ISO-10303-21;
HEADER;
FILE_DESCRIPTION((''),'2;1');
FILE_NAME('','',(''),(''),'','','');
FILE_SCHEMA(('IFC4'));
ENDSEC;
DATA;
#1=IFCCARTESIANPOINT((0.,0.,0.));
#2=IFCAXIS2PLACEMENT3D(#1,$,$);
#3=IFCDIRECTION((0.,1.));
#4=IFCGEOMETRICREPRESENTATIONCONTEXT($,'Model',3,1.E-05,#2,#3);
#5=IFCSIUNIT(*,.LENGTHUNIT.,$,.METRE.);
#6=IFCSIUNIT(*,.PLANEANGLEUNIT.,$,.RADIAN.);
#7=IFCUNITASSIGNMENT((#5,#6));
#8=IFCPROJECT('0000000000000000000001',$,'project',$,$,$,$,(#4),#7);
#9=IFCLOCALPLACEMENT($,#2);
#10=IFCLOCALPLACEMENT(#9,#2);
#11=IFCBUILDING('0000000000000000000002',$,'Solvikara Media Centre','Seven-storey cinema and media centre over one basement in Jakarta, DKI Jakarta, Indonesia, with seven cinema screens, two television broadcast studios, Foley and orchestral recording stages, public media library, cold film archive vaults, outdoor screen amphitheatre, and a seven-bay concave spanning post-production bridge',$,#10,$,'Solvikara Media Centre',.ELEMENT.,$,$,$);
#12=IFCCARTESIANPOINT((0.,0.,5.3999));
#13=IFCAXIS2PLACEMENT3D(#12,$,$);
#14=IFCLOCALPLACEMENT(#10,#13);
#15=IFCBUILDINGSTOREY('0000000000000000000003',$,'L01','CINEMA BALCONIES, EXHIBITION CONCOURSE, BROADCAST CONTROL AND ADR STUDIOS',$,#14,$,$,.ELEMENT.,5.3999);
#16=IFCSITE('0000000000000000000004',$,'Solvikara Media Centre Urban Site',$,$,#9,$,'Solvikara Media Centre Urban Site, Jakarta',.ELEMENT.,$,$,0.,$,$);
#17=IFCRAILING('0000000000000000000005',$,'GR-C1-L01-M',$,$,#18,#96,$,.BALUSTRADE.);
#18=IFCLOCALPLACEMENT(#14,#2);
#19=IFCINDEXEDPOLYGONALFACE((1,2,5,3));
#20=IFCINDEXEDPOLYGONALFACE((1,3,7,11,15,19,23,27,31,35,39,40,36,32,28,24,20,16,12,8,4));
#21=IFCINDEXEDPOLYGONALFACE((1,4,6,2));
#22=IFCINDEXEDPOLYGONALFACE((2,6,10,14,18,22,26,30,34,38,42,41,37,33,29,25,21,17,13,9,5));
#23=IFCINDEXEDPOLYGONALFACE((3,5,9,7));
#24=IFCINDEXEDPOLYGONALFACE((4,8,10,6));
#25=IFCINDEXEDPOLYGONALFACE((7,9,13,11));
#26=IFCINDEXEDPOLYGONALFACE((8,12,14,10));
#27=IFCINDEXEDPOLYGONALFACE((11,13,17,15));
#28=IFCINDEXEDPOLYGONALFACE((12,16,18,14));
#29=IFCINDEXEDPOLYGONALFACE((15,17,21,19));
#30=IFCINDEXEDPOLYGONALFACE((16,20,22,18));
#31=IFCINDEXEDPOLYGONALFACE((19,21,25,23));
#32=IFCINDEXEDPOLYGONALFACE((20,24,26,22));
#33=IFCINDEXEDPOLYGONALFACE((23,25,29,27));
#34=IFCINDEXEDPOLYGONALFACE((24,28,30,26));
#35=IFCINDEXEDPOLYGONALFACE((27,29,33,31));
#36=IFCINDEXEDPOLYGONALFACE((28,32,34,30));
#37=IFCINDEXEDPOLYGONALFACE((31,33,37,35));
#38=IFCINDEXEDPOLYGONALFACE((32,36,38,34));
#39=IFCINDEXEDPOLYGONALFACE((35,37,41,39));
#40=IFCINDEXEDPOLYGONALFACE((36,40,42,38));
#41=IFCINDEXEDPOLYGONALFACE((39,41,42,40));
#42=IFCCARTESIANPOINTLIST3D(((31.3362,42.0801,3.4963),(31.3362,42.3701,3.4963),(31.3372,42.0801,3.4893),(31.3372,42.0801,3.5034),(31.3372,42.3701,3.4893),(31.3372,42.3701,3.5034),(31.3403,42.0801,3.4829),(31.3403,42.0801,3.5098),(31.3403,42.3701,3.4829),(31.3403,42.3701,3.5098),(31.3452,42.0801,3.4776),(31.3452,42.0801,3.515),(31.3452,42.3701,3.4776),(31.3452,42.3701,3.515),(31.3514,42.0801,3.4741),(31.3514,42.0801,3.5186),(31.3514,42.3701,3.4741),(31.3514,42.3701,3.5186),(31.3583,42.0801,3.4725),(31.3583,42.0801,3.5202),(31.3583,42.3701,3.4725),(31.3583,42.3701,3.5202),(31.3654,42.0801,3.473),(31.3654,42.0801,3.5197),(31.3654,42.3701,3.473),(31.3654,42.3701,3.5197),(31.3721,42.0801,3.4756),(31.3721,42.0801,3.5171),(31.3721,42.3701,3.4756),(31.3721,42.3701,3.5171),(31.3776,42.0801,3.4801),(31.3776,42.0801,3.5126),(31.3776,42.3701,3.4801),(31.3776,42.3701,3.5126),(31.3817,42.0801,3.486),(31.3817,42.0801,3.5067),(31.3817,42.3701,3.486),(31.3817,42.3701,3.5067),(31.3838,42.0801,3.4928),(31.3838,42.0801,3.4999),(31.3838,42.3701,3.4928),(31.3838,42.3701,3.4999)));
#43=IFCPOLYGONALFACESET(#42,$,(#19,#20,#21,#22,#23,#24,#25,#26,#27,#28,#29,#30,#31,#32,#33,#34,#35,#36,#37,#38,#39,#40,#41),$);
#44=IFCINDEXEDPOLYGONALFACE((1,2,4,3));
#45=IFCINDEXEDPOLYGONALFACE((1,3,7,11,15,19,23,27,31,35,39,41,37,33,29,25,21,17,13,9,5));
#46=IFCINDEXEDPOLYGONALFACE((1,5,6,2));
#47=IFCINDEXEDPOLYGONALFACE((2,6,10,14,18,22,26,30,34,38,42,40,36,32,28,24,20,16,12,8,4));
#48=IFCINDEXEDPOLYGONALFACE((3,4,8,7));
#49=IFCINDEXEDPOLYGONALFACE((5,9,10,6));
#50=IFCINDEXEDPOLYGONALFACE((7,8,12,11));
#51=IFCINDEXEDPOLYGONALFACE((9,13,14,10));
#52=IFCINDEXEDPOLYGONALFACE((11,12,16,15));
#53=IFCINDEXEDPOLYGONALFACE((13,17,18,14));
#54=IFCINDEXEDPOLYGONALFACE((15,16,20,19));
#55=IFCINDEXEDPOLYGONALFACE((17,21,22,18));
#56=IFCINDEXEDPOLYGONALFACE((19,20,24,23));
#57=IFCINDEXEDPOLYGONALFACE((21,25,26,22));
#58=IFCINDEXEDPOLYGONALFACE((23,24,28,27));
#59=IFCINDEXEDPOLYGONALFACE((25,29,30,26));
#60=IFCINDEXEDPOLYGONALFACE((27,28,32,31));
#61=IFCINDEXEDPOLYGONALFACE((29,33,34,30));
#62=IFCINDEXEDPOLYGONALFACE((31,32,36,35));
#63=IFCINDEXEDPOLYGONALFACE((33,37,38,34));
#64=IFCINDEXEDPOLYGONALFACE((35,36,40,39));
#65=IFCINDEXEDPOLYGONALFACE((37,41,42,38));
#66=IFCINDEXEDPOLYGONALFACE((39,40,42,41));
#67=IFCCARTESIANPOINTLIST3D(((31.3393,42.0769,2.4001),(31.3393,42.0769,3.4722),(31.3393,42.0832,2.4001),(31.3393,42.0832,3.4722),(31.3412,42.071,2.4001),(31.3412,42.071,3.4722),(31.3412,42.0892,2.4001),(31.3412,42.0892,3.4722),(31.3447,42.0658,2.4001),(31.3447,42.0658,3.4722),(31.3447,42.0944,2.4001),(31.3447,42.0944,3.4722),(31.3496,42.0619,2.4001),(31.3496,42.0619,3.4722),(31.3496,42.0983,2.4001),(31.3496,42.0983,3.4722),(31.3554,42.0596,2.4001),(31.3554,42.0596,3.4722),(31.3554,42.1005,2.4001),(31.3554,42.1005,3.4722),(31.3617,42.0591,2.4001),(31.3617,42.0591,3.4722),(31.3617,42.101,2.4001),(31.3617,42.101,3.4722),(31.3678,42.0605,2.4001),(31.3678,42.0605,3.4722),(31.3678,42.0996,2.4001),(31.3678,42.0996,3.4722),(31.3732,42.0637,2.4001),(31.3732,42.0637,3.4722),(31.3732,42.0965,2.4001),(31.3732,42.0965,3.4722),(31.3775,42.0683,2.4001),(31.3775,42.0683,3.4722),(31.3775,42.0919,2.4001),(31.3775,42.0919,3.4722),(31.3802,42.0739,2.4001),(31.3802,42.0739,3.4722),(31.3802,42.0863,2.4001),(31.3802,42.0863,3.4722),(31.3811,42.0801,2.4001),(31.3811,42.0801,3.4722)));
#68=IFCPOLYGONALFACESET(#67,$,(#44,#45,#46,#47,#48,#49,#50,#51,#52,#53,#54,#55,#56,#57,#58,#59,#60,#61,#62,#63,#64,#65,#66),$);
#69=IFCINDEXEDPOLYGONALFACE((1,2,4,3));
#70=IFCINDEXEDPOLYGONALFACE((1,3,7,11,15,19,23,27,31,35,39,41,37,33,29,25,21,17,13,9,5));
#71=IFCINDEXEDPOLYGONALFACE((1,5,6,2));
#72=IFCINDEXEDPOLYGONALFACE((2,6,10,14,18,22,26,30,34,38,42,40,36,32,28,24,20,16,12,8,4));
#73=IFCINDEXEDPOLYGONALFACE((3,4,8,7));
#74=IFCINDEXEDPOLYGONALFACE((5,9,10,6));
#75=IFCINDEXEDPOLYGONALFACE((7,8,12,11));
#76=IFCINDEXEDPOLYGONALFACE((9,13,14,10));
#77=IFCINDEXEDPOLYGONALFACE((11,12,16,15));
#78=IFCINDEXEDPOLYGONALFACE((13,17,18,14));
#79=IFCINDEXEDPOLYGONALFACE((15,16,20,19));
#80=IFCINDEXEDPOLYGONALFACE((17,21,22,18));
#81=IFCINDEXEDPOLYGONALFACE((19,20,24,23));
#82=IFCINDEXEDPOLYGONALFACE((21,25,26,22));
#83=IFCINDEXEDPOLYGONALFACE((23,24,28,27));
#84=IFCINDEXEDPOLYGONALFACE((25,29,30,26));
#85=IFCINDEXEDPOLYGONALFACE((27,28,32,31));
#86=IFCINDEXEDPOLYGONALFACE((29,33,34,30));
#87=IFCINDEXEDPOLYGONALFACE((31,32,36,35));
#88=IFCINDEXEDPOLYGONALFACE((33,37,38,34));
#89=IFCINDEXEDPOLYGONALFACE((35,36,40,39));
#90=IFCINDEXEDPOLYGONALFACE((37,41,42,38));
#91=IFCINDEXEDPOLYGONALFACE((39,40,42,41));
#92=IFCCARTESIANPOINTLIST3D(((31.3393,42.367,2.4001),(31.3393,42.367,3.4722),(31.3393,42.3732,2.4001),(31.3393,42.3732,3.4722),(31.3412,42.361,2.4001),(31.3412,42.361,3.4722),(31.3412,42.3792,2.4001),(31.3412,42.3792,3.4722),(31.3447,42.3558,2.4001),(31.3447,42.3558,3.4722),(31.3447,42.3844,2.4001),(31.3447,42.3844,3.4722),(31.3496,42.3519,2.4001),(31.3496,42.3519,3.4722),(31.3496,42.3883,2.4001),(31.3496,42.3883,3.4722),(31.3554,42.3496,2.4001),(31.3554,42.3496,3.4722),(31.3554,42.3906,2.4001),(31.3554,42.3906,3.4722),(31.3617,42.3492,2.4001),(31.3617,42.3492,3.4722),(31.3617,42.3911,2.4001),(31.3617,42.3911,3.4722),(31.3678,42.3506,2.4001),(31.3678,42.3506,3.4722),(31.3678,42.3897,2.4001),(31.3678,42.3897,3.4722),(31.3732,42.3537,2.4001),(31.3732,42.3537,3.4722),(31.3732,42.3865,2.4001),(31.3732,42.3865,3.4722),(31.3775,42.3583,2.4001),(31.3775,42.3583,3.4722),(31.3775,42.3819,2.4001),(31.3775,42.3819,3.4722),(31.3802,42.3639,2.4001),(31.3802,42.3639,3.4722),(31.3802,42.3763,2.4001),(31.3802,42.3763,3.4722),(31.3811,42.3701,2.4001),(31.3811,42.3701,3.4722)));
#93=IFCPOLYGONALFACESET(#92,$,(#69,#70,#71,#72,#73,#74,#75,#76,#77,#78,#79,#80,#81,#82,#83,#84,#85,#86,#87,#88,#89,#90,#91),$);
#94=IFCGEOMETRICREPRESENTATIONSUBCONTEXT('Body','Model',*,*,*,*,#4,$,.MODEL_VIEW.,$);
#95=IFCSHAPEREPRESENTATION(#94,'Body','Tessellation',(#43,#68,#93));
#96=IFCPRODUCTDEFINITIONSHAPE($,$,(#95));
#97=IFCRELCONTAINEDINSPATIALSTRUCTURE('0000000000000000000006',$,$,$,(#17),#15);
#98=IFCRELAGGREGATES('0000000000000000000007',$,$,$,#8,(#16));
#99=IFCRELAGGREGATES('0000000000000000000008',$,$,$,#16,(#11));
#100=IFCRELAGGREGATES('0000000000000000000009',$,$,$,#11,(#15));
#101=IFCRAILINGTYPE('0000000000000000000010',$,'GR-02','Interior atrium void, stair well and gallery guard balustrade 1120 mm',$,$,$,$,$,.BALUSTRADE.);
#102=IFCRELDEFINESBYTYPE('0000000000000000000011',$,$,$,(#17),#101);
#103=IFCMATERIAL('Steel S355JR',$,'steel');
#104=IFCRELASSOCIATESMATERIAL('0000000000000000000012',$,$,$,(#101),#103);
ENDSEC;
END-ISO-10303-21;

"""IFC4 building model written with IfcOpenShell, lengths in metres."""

from ifc_helpers import new_model, si_unit, direction, frame, origin, origin_2d, place, context, subcontext, project, spatial, circle, extrude, material, type_object, element, save


model = new_model("IFC4")

# Units and contexts
model_context = context("Model", 3, precision=1e-05, world=origin(), true_north=direction((0.0, 1.0)))
body_context = subcontext(model_context, "Body", "Model", "MODEL_VIEW")
ifc_project = project(units=[si_unit("LENGTHUNIT", "METRE"), si_unit("PLANEANGLEUNIT", "RADIAN")], contexts=[model_context])

# Site, building, storey
site_placement = place(None, origin())
site = spatial("IfcSite", under=ifc_project, at=site_placement, Name="Solvikara Media Centre Urban Site", LongName="Solvikara Media Centre Urban Site, Jakarta", CompositionType="ELEMENT", RefElevation=0.0)
building_placement = place(site_placement, origin())
building = spatial("IfcBuilding", under=site, at=building_placement, Name="Solvikara Media Centre", Description="Seven-storey cinema and media centre over one basement in Jakarta, DKI Jakarta, Indonesia, with seven cinema screens, two television broadcast studios, Foley and orchestral recording stages, public media library, cold film archive vaults, outdoor screen amphitheatre, and a seven-bay concave spanning post-production bridge", LongName="Solvikara Media Centre", CompositionType="ELEMENT")
storey_placement = place(building_placement, frame((0.0, 0.0, 5.3999)))
storey = spatial("IfcBuildingStorey", under=building, at=storey_placement, Name="L01", Description="CINEMA BALCONIES, EXHIBITION CONCOURSE, BROADCAST CONTROL AND ADR STUDIOS", CompositionType="ELEMENT", Elevation=5.3999)

# Shared definitions
ifc_material_1 = material(Name="Steel S355JR", Category="steel")

# Railing
railing_type_1 = type_object("IfcRailingType", Name="GR-02", Description="Interior atrium void, stair well and gallery guard balustrade 1120 mm", PredefinedType="BALUSTRADE", material=ifc_material_1)
railing_1_placement = place(storey_placement, frame((31.3601, 42.0801, 2.4001)))
element("IfcRailing", 1, at=railing_1_placement, inside=storey, type_object=railing_type_1, Name="GR-C1-L01-M", PredefinedType="BALUSTRADE", context=body_context, shape_type="SweptSolid", body=[
    extrude(circle(Radius=0.0239, at=origin_2d()), frame((0.0, 0.0, 1.0962), z_axis=(0.0, 1.0, 0.0), x_axis=(-1.0, 0.0, 0.0)), (0.0, 0.0, 1.0), 0.29),
    extrude(circle(Radius=0.021, at=origin_2d()), origin(), (0.0, 0.0, 1.0), 1.072),
    extrude(circle(Radius=0.021, at=origin_2d()), frame((0.0, 0.29, 0.0)), (0.0, 0.0, 1.0), 1.072),
])

save(model, "model.ifc")
